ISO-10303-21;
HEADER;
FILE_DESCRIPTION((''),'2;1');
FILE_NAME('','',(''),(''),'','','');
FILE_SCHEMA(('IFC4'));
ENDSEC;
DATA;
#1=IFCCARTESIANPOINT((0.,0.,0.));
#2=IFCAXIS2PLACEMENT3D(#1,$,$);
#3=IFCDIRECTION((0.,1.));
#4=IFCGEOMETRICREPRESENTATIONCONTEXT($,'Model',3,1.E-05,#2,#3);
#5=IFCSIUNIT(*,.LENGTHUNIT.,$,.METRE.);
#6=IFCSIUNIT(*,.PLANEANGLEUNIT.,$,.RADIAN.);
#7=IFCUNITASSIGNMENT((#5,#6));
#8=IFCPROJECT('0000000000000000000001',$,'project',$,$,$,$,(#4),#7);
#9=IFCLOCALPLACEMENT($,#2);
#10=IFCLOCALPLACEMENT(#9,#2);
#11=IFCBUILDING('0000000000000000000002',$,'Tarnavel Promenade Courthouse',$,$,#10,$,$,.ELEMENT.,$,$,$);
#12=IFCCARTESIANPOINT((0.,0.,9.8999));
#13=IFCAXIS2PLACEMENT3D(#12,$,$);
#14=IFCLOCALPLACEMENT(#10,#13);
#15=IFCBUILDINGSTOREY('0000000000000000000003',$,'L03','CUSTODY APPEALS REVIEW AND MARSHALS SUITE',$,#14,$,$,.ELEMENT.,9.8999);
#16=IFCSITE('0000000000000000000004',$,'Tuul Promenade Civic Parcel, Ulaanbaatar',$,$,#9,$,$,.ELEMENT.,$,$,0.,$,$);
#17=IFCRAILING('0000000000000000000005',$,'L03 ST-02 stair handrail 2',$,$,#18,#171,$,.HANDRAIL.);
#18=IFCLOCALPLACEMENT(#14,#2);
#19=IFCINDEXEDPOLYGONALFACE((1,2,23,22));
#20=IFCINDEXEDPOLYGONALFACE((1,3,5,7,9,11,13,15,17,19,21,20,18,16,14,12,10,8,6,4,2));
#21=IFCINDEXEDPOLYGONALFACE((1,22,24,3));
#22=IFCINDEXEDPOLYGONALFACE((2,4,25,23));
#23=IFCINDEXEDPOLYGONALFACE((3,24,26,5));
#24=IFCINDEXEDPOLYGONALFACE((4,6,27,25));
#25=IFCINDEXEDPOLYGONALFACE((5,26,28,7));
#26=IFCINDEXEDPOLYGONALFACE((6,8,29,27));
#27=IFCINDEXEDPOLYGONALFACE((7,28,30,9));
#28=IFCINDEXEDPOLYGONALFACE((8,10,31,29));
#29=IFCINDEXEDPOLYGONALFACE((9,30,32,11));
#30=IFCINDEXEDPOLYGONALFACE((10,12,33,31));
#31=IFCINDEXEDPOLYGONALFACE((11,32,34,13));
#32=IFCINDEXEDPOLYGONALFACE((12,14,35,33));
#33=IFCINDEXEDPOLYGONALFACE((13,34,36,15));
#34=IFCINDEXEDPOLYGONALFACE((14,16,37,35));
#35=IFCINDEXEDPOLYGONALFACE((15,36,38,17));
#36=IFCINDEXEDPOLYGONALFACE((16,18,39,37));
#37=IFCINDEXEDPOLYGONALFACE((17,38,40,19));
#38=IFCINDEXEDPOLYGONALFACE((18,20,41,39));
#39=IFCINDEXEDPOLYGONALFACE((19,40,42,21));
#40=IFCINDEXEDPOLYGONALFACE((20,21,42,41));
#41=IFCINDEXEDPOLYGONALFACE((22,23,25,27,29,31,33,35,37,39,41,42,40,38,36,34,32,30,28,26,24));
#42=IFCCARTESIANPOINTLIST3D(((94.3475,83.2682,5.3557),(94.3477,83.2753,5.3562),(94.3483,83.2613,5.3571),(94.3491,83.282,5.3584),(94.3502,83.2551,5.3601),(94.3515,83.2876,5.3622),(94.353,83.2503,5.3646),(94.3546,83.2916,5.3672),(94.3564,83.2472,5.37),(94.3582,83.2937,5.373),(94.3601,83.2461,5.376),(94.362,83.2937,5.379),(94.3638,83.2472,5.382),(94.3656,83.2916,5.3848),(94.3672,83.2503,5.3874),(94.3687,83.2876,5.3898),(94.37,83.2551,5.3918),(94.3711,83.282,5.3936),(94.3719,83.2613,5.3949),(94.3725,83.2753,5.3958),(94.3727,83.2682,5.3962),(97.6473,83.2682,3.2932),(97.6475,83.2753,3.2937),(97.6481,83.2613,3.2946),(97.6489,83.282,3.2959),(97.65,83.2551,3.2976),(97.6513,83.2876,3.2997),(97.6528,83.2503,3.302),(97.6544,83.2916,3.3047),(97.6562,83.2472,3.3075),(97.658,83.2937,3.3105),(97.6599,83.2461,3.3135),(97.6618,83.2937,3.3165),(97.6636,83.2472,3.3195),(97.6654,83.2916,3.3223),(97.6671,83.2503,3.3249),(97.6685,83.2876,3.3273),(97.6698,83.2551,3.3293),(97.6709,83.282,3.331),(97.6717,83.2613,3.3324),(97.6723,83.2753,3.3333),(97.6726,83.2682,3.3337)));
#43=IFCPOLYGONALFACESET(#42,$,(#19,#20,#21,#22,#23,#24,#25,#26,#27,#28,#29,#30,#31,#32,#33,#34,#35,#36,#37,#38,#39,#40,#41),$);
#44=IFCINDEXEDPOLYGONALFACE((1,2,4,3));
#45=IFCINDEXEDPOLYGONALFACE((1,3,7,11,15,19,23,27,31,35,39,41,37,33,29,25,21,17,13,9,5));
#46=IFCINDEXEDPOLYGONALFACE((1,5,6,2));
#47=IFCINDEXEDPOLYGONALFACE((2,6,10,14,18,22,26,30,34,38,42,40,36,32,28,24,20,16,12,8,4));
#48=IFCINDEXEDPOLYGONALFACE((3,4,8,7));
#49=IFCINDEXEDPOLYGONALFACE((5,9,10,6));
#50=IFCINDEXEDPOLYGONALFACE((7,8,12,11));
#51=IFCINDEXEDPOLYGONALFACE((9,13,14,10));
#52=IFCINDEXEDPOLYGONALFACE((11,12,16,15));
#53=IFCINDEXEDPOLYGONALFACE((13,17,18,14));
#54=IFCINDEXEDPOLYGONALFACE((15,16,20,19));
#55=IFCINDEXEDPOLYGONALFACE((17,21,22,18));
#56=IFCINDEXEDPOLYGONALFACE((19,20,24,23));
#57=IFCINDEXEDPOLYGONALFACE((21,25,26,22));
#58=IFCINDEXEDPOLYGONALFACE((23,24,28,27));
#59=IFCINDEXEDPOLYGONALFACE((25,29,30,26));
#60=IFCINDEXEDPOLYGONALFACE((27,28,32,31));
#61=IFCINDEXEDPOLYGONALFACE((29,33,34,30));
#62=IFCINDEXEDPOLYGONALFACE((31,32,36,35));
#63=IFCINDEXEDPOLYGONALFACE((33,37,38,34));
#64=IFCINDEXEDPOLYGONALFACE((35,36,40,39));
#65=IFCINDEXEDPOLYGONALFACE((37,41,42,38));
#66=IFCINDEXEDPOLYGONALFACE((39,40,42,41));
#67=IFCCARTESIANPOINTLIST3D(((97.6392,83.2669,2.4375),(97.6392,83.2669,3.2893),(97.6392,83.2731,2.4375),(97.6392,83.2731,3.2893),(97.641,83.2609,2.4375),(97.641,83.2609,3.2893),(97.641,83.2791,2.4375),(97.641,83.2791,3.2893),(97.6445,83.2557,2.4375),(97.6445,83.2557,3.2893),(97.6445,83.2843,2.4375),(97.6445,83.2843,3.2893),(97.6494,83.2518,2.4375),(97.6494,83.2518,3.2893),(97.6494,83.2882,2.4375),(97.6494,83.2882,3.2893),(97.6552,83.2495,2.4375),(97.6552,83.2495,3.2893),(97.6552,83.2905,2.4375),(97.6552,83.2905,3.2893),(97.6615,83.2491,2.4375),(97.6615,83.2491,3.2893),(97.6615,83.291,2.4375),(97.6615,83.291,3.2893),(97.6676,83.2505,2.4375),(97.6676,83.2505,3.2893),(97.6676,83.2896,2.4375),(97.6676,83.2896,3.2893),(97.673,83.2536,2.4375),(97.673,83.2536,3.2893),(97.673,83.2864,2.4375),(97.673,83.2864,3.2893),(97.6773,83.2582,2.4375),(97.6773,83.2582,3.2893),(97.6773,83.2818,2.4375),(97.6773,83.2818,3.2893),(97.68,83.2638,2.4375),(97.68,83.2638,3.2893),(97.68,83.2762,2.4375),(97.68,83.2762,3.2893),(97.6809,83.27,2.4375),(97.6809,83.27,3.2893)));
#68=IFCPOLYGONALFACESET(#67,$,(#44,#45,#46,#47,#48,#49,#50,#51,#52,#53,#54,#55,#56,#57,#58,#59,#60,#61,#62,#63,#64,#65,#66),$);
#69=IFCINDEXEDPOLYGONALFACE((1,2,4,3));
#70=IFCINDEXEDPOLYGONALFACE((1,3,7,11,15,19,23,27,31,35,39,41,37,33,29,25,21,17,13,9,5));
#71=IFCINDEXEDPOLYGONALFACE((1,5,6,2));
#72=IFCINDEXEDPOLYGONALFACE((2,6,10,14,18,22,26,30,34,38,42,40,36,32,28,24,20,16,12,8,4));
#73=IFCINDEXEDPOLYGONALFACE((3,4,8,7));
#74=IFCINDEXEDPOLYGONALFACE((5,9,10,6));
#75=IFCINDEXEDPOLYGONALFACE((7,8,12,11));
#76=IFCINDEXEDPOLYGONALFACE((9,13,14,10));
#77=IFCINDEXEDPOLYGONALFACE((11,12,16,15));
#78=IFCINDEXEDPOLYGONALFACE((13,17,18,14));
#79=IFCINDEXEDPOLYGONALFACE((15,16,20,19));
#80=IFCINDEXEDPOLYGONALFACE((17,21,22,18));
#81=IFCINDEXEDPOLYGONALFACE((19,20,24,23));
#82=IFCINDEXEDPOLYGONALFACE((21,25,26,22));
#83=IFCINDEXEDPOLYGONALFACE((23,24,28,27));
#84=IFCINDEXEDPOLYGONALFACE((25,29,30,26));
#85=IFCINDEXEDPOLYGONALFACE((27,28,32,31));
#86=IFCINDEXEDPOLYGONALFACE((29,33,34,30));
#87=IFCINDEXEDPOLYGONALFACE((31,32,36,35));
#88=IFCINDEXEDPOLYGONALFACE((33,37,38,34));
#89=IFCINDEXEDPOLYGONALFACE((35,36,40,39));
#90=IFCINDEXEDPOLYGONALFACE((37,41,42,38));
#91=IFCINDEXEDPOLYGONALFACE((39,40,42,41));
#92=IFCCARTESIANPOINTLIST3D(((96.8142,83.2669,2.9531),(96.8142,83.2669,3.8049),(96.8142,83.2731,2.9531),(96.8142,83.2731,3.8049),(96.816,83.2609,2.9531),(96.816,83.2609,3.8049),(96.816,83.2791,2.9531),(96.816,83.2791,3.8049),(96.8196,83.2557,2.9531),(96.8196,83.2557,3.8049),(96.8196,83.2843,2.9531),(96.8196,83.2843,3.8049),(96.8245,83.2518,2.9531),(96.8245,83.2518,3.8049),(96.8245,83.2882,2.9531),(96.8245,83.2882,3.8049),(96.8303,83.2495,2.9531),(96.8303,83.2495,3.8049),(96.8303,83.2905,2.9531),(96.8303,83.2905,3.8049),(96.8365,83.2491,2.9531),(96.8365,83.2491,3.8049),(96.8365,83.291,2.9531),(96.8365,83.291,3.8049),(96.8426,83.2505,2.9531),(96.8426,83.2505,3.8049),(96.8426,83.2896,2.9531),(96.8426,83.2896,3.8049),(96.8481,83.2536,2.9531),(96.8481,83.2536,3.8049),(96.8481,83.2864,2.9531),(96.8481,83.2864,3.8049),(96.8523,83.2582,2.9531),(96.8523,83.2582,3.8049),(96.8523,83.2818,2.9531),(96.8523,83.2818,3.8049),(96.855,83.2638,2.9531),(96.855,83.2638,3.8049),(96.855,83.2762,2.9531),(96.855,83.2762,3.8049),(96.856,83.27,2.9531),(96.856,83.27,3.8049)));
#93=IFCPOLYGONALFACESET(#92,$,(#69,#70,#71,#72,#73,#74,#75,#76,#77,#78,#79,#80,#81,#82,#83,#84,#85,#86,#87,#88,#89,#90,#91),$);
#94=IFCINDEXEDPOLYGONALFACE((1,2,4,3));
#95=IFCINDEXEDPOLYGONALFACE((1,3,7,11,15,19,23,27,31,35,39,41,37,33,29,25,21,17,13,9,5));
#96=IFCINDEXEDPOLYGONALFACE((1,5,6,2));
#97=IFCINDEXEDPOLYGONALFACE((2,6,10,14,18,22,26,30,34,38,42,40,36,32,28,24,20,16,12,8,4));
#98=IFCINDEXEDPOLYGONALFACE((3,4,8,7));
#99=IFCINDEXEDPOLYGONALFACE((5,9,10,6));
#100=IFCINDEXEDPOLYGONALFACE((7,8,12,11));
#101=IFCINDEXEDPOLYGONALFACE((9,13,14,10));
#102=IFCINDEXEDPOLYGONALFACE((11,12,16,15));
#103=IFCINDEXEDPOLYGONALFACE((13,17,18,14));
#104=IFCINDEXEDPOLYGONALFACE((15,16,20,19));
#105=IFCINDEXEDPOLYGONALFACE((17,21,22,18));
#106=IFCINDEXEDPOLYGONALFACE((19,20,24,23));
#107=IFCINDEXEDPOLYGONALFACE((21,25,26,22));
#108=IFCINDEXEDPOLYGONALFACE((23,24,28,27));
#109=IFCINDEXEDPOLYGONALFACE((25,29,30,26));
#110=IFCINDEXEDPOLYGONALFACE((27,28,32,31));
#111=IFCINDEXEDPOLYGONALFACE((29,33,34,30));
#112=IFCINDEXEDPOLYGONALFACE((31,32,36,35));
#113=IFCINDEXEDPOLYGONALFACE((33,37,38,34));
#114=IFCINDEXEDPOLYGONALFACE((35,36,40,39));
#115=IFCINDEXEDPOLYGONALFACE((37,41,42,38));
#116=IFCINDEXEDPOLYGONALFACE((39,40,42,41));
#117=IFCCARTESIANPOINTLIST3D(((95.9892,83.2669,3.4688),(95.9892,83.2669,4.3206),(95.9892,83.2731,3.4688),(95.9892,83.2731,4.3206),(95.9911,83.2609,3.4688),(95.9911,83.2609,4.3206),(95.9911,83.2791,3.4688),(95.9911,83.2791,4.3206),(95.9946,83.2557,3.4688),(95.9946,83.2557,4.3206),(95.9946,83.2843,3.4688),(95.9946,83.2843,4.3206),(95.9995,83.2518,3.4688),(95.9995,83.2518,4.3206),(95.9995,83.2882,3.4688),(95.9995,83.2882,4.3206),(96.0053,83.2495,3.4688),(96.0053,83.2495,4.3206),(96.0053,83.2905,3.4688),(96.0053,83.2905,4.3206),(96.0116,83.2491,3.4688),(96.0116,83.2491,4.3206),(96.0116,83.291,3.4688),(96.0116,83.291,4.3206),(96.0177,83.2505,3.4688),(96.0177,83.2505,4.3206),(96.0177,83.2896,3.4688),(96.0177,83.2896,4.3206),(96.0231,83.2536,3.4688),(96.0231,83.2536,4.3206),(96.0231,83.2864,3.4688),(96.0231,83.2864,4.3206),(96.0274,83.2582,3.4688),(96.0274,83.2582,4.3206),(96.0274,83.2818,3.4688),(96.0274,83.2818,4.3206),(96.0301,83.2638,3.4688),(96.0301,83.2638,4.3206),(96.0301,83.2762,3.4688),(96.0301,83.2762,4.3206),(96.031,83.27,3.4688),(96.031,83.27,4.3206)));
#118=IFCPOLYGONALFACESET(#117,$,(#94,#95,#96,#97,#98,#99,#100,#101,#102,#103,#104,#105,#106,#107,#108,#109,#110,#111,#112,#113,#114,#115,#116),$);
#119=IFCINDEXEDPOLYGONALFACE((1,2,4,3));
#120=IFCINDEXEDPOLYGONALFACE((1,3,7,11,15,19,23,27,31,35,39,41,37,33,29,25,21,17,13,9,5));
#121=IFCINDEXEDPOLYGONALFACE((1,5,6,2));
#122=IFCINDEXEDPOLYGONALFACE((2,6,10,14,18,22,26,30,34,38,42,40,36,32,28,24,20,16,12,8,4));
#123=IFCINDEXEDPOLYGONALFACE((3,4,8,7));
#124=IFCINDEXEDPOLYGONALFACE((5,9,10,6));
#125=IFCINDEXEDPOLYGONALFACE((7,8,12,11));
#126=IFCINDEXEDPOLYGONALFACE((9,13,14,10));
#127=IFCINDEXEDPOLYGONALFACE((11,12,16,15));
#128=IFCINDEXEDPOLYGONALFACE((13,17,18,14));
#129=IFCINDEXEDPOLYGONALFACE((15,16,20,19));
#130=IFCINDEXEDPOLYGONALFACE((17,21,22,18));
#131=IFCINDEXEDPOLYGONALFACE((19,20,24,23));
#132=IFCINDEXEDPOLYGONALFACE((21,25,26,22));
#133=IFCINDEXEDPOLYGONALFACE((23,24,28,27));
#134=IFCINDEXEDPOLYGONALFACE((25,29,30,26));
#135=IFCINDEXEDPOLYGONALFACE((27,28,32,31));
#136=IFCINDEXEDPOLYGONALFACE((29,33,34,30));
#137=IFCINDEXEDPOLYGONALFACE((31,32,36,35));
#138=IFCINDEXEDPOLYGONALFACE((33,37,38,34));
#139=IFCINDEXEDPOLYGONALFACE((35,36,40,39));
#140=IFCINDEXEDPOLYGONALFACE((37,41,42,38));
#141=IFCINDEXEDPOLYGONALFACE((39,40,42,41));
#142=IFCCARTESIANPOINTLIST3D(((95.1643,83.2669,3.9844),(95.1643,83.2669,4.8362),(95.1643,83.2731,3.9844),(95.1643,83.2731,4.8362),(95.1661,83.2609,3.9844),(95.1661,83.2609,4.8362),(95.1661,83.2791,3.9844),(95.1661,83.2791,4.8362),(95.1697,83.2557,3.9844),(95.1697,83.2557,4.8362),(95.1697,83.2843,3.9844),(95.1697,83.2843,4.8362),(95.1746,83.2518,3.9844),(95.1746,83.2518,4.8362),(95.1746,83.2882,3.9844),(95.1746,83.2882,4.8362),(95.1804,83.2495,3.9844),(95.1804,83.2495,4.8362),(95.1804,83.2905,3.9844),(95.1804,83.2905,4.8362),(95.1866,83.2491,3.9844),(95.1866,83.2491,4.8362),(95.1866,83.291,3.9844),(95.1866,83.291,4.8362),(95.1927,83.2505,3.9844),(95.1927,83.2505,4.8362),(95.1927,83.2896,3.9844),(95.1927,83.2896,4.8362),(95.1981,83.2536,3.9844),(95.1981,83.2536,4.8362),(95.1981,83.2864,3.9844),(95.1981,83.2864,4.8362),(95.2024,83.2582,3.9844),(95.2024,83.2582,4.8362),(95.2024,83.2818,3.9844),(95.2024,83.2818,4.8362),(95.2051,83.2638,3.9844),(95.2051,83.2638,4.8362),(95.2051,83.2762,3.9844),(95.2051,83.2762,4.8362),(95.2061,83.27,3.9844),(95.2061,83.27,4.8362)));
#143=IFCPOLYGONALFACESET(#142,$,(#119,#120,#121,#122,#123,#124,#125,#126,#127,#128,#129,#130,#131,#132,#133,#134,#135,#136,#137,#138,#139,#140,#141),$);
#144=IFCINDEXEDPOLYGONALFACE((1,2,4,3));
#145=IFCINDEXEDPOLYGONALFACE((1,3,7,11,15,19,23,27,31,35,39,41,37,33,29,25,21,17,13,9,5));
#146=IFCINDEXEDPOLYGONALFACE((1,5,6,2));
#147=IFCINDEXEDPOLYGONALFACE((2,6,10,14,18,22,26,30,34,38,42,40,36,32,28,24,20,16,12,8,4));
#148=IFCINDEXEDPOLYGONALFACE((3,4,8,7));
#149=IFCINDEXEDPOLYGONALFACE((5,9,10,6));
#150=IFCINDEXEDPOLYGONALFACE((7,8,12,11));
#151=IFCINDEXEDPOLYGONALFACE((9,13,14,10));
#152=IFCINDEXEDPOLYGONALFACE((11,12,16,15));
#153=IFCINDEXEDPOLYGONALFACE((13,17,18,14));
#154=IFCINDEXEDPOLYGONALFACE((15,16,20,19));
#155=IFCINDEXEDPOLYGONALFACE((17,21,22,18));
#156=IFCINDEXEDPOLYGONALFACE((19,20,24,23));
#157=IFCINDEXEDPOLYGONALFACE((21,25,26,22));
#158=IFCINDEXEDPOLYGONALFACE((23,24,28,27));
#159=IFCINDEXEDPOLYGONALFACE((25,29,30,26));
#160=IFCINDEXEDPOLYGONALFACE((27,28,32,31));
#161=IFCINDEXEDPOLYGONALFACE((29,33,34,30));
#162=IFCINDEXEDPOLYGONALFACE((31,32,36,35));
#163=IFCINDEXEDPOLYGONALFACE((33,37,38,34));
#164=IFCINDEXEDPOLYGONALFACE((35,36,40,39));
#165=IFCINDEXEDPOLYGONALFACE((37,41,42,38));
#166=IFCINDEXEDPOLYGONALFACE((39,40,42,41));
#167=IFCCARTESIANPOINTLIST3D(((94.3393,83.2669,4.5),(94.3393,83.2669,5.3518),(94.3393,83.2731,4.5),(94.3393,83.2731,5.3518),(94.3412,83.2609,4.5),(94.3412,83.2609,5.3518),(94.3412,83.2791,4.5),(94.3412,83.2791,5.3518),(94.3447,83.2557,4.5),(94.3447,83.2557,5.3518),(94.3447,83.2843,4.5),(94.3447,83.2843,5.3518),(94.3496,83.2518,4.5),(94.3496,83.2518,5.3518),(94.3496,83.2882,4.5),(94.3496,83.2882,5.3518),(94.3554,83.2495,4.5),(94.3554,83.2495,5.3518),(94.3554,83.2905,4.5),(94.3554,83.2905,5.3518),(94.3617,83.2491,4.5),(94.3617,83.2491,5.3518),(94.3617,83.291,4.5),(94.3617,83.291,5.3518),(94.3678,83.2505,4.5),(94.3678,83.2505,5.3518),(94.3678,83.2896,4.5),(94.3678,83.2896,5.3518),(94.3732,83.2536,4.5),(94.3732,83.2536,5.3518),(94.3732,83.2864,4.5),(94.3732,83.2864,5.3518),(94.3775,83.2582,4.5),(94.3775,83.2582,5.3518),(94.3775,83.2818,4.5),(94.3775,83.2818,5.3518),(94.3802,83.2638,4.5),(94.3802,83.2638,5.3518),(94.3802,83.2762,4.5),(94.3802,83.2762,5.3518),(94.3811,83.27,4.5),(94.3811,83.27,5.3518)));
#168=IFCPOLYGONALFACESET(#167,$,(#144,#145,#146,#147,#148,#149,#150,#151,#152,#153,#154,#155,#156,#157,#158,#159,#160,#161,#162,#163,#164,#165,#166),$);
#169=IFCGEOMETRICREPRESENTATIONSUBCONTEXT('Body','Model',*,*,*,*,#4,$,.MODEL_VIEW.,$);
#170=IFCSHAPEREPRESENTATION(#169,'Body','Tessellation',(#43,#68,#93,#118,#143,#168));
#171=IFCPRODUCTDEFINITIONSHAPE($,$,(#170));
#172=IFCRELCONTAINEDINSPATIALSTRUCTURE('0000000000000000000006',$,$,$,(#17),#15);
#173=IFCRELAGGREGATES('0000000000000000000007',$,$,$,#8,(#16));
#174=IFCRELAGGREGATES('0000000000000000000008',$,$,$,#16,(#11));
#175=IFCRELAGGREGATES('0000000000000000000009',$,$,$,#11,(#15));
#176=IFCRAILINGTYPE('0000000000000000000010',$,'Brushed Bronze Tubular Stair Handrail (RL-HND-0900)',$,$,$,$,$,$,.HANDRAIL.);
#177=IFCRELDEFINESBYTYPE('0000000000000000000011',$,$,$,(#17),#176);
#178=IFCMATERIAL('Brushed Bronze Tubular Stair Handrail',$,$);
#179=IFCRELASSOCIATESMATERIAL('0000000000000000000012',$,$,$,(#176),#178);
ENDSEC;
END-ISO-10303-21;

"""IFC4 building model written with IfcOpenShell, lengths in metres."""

from ifc_helpers import new_model, si_unit, direction, frame, origin, origin_2d, place, context, subcontext, project, spatial, circle, extrude, material, type_object, element, save


model = new_model("IFC4")

# Units and contexts
model_context = context("Model", 3, precision=1e-05, world=origin(), true_north=direction((0.0, 1.0)))
body_context = subcontext(model_context, "Body", "Model", "MODEL_VIEW")
ifc_project = project(units=[si_unit("LENGTHUNIT", "METRE"), si_unit("PLANEANGLEUNIT", "RADIAN")], contexts=[model_context])

# Site, building, storey
site_placement = place(None, origin())
site = spatial("IfcSite", under=ifc_project, at=site_placement, Name="Tuul Promenade Civic Parcel, Ulaanbaatar", CompositionType="ELEMENT", RefElevation=0.0)
building_placement = place(site_placement, origin())
building = spatial("IfcBuilding", under=site, at=building_placement, Name="Tarnavel Promenade Courthouse", CompositionType="ELEMENT")
storey_placement = place(building_placement, frame((0.0, 0.0, 9.8999)))
storey = spatial("IfcBuildingStorey", under=building, at=storey_placement, Name="L03", Description="CUSTODY APPEALS REVIEW AND MARSHALS SUITE", CompositionType="ELEMENT", Elevation=9.8999)

# Railing
ifc_material_1 = material(Name="Brushed Bronze Tubular Stair Handrail")
railing_type_1 = type_object("IfcRailingType", Name="Brushed Bronze Tubular Stair Handrail (RL-HND-0900)", PredefinedType="HANDRAIL", material=ifc_material_1)
railing_1_placement = place(storey_placement, frame((97.6599, 83.27, 2.4375)))
element("IfcRailing", 1, at=railing_1_placement, inside=storey, type_object=railing_type_1, Name="L03 ST-02 stair handrail 2", PredefinedType="HANDRAIL", context=body_context, shape_type="SweptSolid", body=[
    extrude(circle(Radius=0.0239, at=origin_2d()), frame((0.0, 0.0, 0.876), z_axis=(-0.847984, 0.0, 0.530021), x_axis=(0.0, -1.0, 0.0)), (0.0, 0.0, 1.0), 3.8914),
    extrude(circle(Radius=0.021, at=origin_2d()), origin(), (0.0, 0.0, 1.0), 0.8518),
    extrude(circle(Radius=0.021, at=origin_2d()), frame((-0.825, 0.0, 0.5156)), (0.0, 0.0, 1.0), 0.8518),
    extrude(circle(Radius=0.021, at=origin_2d()), frame((-1.6499, 0.0, 1.0312)), (0.0, 0.0, 1.0), 0.8518),
    extrude(circle(Radius=0.021, at=origin_2d()), frame((-2.4749, 0.0, 1.5469)), (0.0, 0.0, 1.0), 0.8518),
    extrude(circle(Radius=0.021, at=origin_2d()), frame((-3.2998, 0.0, 2.0625)), (0.0, 0.0, 1.0), 0.8518),
])

save(model, "model.ifc")
